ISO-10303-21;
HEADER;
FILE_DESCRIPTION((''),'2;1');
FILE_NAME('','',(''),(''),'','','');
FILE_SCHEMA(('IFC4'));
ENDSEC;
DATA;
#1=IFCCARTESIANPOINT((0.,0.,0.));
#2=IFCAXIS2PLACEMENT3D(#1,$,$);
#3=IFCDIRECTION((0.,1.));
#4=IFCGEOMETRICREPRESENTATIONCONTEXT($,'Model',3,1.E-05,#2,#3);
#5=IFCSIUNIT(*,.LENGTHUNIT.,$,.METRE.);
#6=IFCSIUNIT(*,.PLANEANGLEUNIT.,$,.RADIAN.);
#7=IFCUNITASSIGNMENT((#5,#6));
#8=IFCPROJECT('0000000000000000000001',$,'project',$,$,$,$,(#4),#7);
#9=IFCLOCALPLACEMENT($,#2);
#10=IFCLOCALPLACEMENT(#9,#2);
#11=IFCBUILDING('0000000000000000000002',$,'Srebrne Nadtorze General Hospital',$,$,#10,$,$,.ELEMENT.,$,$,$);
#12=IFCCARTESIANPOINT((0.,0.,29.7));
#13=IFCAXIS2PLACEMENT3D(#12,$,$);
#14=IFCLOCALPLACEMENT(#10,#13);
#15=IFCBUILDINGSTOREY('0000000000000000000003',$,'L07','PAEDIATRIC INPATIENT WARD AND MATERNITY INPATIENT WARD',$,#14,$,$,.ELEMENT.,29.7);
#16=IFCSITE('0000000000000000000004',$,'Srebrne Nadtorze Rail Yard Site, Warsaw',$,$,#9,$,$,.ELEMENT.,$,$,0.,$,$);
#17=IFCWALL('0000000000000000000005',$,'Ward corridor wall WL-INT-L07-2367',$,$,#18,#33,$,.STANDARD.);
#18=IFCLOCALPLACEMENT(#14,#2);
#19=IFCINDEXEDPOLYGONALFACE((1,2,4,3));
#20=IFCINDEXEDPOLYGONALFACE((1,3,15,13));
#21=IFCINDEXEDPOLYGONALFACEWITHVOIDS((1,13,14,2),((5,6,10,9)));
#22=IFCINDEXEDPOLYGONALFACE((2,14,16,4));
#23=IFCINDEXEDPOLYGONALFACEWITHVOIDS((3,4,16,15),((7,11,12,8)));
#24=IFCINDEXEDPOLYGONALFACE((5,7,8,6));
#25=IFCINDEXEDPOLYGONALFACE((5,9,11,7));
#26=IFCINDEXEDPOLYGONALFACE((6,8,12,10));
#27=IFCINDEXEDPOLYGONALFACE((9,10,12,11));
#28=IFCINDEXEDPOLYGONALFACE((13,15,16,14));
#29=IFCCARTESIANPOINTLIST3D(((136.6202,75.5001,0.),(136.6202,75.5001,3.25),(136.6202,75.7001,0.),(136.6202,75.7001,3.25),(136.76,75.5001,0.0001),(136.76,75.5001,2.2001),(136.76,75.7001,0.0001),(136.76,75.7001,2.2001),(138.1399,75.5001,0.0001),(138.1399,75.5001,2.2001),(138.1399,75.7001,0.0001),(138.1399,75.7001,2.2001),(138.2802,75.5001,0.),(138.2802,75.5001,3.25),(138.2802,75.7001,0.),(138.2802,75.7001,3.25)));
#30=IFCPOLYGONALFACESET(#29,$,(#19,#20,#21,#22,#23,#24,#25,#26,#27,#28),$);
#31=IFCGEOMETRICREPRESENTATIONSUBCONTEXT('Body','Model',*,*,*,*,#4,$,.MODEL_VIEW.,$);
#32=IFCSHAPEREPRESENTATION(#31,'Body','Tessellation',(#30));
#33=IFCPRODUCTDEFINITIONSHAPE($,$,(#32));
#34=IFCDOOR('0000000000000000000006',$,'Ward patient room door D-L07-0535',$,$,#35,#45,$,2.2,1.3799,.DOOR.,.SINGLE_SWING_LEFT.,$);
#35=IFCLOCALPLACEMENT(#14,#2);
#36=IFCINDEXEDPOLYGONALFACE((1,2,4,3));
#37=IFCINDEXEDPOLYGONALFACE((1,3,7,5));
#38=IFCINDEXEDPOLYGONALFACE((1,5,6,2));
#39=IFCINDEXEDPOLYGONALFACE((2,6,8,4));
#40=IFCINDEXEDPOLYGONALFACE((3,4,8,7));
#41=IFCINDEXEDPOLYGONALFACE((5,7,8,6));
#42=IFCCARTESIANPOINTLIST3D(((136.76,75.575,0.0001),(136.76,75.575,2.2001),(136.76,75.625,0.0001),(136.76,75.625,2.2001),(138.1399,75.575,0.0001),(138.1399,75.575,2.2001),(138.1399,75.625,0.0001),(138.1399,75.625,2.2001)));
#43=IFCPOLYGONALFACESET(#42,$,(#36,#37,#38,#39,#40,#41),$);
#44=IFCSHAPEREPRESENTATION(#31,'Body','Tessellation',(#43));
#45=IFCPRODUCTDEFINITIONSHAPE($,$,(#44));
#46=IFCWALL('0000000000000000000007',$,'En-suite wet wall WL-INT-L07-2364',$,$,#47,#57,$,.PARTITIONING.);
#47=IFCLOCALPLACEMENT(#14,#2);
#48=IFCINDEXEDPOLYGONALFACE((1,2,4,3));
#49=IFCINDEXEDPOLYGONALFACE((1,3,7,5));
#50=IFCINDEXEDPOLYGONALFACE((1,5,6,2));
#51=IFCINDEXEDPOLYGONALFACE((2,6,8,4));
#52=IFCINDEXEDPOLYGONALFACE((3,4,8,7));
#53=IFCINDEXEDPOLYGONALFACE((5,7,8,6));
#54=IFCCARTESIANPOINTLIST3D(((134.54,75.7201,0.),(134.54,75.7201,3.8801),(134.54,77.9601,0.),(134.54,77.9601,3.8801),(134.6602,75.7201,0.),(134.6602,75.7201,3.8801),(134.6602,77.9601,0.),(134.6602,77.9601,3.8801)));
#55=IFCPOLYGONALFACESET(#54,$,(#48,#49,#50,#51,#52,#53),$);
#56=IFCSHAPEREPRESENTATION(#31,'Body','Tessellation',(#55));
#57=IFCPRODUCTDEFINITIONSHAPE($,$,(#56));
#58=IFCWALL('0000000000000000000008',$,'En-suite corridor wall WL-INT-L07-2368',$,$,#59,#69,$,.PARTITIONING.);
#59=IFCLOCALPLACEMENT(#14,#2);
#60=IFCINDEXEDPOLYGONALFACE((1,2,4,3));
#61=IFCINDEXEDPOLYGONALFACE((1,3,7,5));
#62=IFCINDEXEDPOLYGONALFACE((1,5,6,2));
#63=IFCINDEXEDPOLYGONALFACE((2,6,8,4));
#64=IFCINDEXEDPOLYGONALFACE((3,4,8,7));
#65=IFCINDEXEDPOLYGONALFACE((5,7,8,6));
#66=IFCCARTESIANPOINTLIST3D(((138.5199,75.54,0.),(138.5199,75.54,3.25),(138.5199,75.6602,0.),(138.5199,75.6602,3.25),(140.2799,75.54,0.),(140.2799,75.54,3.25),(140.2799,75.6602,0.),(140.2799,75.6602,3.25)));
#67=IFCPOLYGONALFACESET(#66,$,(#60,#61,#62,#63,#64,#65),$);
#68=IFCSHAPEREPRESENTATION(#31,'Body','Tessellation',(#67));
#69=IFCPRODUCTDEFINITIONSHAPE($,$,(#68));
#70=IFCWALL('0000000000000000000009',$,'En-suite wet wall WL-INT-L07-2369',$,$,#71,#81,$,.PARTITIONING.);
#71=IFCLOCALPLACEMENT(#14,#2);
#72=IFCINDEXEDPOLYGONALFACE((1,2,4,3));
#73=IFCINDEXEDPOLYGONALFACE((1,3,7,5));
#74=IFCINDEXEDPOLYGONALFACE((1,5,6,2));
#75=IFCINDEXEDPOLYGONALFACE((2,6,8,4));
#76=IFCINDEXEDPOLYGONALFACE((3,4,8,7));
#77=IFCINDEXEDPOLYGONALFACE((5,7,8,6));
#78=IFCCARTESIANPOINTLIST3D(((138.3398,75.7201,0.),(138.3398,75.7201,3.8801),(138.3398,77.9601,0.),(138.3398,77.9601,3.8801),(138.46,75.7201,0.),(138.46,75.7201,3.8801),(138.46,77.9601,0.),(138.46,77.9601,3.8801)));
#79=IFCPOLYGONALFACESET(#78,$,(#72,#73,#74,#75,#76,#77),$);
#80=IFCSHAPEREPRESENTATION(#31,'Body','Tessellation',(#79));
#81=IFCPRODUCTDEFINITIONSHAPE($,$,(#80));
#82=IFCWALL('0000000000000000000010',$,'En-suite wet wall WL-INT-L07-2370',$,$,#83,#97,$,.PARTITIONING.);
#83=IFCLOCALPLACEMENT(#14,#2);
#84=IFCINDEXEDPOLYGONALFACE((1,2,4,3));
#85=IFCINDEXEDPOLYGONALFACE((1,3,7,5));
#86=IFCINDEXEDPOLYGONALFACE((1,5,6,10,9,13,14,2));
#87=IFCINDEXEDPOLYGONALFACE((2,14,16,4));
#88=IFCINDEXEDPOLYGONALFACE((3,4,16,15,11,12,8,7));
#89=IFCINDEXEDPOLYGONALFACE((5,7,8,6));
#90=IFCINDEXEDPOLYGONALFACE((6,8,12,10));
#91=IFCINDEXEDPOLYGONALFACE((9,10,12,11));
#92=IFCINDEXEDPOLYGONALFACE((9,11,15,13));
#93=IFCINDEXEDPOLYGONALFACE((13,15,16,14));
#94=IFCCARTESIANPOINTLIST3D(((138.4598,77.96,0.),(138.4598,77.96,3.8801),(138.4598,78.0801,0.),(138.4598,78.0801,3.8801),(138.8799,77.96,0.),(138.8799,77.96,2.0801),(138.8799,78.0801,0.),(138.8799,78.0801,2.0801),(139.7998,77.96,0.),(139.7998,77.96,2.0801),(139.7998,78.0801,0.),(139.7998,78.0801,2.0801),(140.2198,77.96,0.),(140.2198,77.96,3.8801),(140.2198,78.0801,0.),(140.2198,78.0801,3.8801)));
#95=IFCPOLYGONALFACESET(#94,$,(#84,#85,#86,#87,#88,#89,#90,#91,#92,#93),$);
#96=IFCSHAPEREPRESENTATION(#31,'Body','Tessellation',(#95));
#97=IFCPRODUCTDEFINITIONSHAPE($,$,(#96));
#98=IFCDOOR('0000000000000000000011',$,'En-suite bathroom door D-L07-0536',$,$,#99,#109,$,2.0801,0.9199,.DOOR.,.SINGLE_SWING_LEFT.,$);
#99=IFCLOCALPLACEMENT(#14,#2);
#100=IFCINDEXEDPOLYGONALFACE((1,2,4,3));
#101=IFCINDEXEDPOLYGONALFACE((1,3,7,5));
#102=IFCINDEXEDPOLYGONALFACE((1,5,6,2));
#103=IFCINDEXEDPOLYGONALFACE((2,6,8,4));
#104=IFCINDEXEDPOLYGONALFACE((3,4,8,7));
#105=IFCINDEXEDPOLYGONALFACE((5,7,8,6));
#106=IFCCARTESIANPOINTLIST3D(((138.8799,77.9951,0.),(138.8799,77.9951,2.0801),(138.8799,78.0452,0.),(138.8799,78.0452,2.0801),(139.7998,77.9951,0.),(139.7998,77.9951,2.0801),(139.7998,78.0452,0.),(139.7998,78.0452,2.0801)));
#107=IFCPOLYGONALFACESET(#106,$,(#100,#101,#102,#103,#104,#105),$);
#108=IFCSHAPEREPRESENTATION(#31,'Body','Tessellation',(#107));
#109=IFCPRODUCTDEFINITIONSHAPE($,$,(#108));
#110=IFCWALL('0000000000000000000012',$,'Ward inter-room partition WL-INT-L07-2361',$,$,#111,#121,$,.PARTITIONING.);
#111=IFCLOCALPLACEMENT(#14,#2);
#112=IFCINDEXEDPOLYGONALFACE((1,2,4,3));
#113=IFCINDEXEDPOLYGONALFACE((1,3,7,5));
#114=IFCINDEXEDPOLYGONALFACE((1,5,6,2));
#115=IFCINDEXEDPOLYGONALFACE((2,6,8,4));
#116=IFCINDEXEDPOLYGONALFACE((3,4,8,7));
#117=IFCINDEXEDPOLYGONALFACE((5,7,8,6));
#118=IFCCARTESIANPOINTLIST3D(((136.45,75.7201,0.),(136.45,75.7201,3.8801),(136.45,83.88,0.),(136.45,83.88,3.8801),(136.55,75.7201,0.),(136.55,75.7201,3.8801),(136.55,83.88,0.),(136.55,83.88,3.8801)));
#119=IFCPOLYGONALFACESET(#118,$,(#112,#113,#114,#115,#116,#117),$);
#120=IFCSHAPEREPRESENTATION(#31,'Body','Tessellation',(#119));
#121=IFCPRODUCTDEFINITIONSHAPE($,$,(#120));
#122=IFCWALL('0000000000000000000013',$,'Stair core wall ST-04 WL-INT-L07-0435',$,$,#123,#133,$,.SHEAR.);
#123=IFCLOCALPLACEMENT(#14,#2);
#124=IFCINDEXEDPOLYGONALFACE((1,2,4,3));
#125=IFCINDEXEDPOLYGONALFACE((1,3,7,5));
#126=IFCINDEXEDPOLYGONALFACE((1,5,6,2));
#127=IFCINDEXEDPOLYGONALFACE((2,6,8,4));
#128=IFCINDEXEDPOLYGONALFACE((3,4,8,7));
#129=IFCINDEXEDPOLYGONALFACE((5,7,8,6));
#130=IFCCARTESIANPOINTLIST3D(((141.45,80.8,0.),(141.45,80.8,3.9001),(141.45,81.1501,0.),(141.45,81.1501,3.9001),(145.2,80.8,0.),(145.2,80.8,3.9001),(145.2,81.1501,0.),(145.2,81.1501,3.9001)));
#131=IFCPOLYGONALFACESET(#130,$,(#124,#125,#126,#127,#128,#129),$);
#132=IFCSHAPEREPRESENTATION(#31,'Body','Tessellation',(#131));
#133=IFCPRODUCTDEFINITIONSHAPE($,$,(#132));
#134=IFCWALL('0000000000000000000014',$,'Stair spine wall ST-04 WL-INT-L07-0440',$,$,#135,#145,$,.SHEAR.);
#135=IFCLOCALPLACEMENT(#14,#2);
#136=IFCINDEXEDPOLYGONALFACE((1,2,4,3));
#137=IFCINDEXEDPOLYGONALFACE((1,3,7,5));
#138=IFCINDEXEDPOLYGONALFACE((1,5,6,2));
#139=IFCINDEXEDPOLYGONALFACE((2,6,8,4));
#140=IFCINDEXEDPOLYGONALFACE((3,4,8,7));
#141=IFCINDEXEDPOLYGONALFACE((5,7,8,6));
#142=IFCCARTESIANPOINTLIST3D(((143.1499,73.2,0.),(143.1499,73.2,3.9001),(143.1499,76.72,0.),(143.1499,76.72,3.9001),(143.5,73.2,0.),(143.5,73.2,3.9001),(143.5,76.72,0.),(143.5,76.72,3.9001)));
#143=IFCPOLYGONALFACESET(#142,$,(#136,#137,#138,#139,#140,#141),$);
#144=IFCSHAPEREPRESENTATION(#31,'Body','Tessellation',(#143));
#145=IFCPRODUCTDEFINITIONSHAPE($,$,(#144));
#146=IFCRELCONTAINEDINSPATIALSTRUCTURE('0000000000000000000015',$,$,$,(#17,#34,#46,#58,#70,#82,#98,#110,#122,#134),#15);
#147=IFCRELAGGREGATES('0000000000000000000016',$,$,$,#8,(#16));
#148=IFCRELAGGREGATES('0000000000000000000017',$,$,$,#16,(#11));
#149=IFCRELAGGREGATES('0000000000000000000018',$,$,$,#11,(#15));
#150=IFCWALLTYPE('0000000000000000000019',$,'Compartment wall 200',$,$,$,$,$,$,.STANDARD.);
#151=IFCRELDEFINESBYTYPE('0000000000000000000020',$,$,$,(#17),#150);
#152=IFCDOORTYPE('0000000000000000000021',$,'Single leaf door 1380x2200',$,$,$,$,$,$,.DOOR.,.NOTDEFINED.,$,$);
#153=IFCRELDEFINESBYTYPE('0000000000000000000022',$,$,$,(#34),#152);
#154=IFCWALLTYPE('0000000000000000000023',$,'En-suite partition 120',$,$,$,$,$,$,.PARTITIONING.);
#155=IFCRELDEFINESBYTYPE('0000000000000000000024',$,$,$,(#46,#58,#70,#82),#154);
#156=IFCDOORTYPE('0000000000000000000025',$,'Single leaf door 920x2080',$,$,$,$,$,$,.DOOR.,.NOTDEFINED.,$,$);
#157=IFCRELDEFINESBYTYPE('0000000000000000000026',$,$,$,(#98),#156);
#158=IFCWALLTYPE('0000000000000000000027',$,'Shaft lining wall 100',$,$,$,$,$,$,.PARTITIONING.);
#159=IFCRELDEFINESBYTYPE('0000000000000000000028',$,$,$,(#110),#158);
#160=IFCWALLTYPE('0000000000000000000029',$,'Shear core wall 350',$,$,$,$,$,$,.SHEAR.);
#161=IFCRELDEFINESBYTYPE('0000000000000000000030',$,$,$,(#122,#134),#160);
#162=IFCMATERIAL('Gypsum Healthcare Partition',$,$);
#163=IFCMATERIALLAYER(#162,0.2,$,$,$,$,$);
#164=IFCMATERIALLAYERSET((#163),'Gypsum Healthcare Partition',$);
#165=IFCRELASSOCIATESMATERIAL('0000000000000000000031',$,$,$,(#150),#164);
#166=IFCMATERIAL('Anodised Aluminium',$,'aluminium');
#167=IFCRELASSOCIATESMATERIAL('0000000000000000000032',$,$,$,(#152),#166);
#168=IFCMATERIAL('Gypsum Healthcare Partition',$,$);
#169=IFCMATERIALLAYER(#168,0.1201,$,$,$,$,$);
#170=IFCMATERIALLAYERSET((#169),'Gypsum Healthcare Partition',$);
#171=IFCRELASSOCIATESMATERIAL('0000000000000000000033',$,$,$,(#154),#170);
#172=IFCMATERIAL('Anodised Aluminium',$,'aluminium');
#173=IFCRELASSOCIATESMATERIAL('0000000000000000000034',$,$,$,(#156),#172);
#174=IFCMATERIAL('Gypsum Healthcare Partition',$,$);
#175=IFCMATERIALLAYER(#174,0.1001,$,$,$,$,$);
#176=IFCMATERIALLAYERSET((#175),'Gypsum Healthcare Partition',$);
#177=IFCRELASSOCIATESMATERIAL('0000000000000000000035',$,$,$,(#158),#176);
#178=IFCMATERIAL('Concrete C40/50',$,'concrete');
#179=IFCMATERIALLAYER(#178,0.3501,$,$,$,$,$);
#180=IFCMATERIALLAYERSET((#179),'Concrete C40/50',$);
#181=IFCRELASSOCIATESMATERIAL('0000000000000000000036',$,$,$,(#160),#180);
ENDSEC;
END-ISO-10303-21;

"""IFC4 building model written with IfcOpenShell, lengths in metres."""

from ifc_helpers import new_model, si_unit, direction, frame, frame_2d, origin, place, context, subcontext, project, spatial, rectangle, extrude, material, layer, layer_set, type_object, element, fill, save


model = new_model("IFC4")

# Units and contexts
model_context = context("Model", 3, precision=1e-05, world=origin(), true_north=direction((0.0, 1.0)))
body_context = subcontext(model_context, "Body", "Model", "MODEL_VIEW")
ifc_project = project(units=[si_unit("LENGTHUNIT", "METRE"), si_unit("PLANEANGLEUNIT", "RADIAN")], contexts=[model_context])

# Site, building, storey
site_placement = place(None, origin())
site = spatial("IfcSite", under=ifc_project, at=site_placement, Name="Srebrne Nadtorze Rail Yard Site, Warsaw", CompositionType="ELEMENT", RefElevation=0.0)
building_placement = place(site_placement, origin())
building = spatial("IfcBuilding", under=site, at=building_placement, Name="Srebrne Nadtorze General Hospital", CompositionType="ELEMENT")
storey_placement = place(building_placement, frame((0.0, 0.0, 29.7)))
storey = spatial("IfcBuildingStorey", under=building, at=storey_placement, Name="L07", Description="PAEDIATRIC INPATIENT WARD AND MATERNITY INPATIENT WARD", CompositionType="ELEMENT", Elevation=29.7)

# Wall, opening, door
ifc_material_1 = material(Name="Gypsum Healthcare Partition")
ifc_layer_1 = layer(ifc_material_1, 0.2)
ifc_layer_set_1 = layer_set([ifc_layer_1], Name="Gypsum Healthcare Partition")
wall_type_1 = type_object("IfcWallType", Name="Compartment wall 200", PredefinedType="STANDARD", material=ifc_layer_set_1)
wall_1_placement = place(storey_placement, frame((136.6201, 75.6001, 0.0), z_axis=(0.0, 0.0, 1.0), x_axis=(1.0, 0.0, 0.0)))
wall_1 = element("IfcWall", 1, at=wall_1_placement, inside=storey, type_object=wall_type_1, Name="Ward corridor wall WL-INT-L07-2367", PredefinedType="STANDARD", context=body_context, shape_type="SweptSolid", body=[
    extrude(rectangle(XDim=1.6599, YDim=0.2, at=frame_2d((0.8301, 0.0))), origin(), (0.0, 0.0, 1.0), 3.25),
])
opening_1_placement = place(wall_1_placement, frame((0.1399, 0.0, 0.0)))
opening_1 = element("IfcOpeningElement", 2, at=opening_1_placement, cuts=wall_1, PredefinedType="OPENING", context=body_context, shape_type="SweptSolid", body=[
    extrude(rectangle(XDim=1.3799, YDim=2.2, at=frame_2d((0.6899, 1.1001))), frame((0.0, 0.1118, 0.0), z_axis=(0.0, -1.0, 0.0), x_axis=(1.0, 0.0, 0.0)), (0.0, 0.0, 1.0), 0.2239),
])
ifc_material_2 = material(Name="Anodised Aluminium", Category="aluminium")
door_type_1 = type_object("IfcDoorType", Name="Single leaf door 1380x2200", OperationType="NOTDEFINED", PredefinedType="DOOR", material=ifc_material_2)
door_1_placement = place(opening_1_placement, origin())
door_1 = element("IfcDoor", 3, at=door_1_placement, inside=storey, type_object=door_type_1, Name="Ward patient room door D-L07-0535", OperationType="SINGLE_SWING_LEFT", OverallHeight=2.2, OverallWidth=1.3799, PredefinedType="DOOR", context=body_context, shape_type="SweptSolid", body=[
    extrude(rectangle(XDim=1.3799, YDim=2.2, at=frame_2d((0.6899, 1.1001))), frame((0.0, 0.0249, 0.0), z_axis=(0.0, -1.0, 0.0), x_axis=(1.0, 0.0, 0.0)), (0.0, 0.0, 1.0), 0.05),
])
fill(opening_1, door_1)

# Walls
ifc_material_3 = material(Name="Gypsum Healthcare Partition")
ifc_layer_2 = layer(ifc_material_3, 0.1201)
ifc_layer_set_2 = layer_set([ifc_layer_2], Name="Gypsum Healthcare Partition")
wall_type_2 = type_object("IfcWallType", Name="En-suite partition 120", PredefinedType="PARTITIONING", material=ifc_layer_set_2)
wall_2_placement = place(storey_placement, frame((134.6001, 75.72, 0.0), z_axis=(0.0, 0.0, 1.0), x_axis=(0.0, 1.0, 0.0)))
element("IfcWall", 4, at=wall_2_placement, inside=storey, type_object=wall_type_2, Name="En-suite wet wall WL-INT-L07-2364", PredefinedType="PARTITIONING", context=body_context, shape_type="SweptSolid", body=[
    extrude(rectangle(XDim=2.24, YDim=0.1201, at=frame_2d((1.1201, 0.0))), origin(), (0.0, 0.0, 1.0), 3.8801),
])
wall_3_placement = place(storey_placement, frame((138.52, 75.6001, 0.0), z_axis=(0.0, 0.0, 1.0), x_axis=(1.0, 0.0, 0.0)))
element("IfcWall", 5, at=wall_3_placement, inside=storey, type_object=wall_type_2, Name="En-suite corridor wall WL-INT-L07-2368", PredefinedType="PARTITIONING", context=body_context, shape_type="SweptSolid", body=[
    extrude(rectangle(XDim=1.76, YDim=0.1201, at=frame_2d((0.8799, 0.0))), origin(), (0.0, 0.0, 1.0), 3.25),
])
wall_4_placement = place(storey_placement, frame((138.3999, 75.72, 0.0), z_axis=(0.0, 0.0, 1.0), x_axis=(0.0, 1.0, 0.0)))
element("IfcWall", 6, at=wall_4_placement, inside=storey, type_object=wall_type_2, Name="En-suite wet wall WL-INT-L07-2369", PredefinedType="PARTITIONING", context=body_context, shape_type="SweptSolid", body=[
    extrude(rectangle(XDim=2.24, YDim=0.1201, at=frame_2d((1.1201, 0.0))), origin(), (0.0, 0.0, 1.0), 3.8801),
])

# Wall, opening, door
wall_5_placement = place(storey_placement, frame((138.46, 78.02, 0.0), z_axis=(0.0, 0.0, 1.0), x_axis=(1.0, 0.0, 0.0)))
wall_5 = element("IfcWall", 7, at=wall_5_placement, inside=storey, type_object=wall_type_2, Name="En-suite wet wall WL-INT-L07-2370", PredefinedType="PARTITIONING", context=body_context, shape_type="SweptSolid", body=[
    extrude(rectangle(XDim=1.76, YDim=0.1201, at=frame_2d((0.8799, 0.0))), origin(), (0.0, 0.0, 1.0), 3.8801),
])
opening_2_placement = place(wall_5_placement, frame((0.4199, 0.0, 0.0)))
opening_2 = element("IfcOpeningElement", 8, at=opening_2_placement, cuts=wall_5, PredefinedType="OPENING", context=body_context, shape_type="SweptSolid", body=[
    extrude(rectangle(XDim=0.9199, YDim=2.0801, at=frame_2d((0.46, 1.04))), frame((0.0, 0.072, 0.0), z_axis=(0.0, -1.0, 0.0), x_axis=(1.0, 0.0, 0.0)), (0.0, 0.0, 1.0), 0.144),
])
ifc_material_4 = material(Name="Anodised Aluminium", Category="aluminium")
door_type_2 = type_object("IfcDoorType", Name="Single leaf door 920x2080", OperationType="NOTDEFINED", PredefinedType="DOOR", material=ifc_material_4)
door_2_placement = place(opening_2_placement, frame((0.9199, 0.0, 0.0), z_axis=(0.0, 0.0, 1.0), x_axis=(-1.0, 0.0, 0.0)))
door_2 = element("IfcDoor", 9, at=door_2_placement, inside=storey, type_object=door_type_2, Name="En-suite bathroom door D-L07-0536", OperationType="SINGLE_SWING_LEFT", OverallHeight=2.0801, OverallWidth=0.9199, PredefinedType="DOOR", context=body_context, shape_type="SweptSolid", body=[
    extrude(rectangle(XDim=0.9199, YDim=2.0801, at=frame_2d((0.46, 1.04))), frame((0.0, 0.0249, 0.0), z_axis=(0.0, -1.0, 0.0), x_axis=(1.0, 0.0, 0.0)), (0.0, 0.0, 1.0), 0.05),
])
fill(opening_2, door_2)

# Walls
ifc_material_5 = material(Name="Gypsum Healthcare Partition")
ifc_layer_3 = layer(ifc_material_5, 0.1001)
ifc_layer_set_3 = layer_set([ifc_layer_3], Name="Gypsum Healthcare Partition")
wall_type_3 = type_object("IfcWallType", Name="Shaft lining wall 100", PredefinedType="PARTITIONING", material=ifc_layer_set_3)
wall_6_placement = place(storey_placement, frame((136.5, 75.72, 0.0), z_axis=(0.0, 0.0, 1.0), x_axis=(0.0, 1.0, 0.0)))
element("IfcWall", 10, at=wall_6_placement, inside=storey, type_object=wall_type_3, Name="Ward inter-room partition WL-INT-L07-2361", PredefinedType="PARTITIONING", context=body_context, shape_type="SweptSolid", body=[
    extrude(rectangle(XDim=8.1599, YDim=0.1001, at=frame_2d((4.0801, 0.0))), origin(), (0.0, 0.0, 1.0), 3.8801),
])
ifc_material_6 = material(Name="Concrete C40/50", Category="concrete")
ifc_layer_4 = layer(ifc_material_6, 0.3501)
ifc_layer_set_4 = layer_set([ifc_layer_4], Name="Concrete C40/50")
wall_type_4 = type_object("IfcWallType", Name="Shear core wall 350", PredefinedType="SHEAR", material=ifc_layer_set_4)
wall_7_placement = place(storey_placement, frame((141.45, 80.9751, 0.0), z_axis=(0.0, 0.0, 1.0), x_axis=(1.0, 0.0, 0.0)))
element("IfcWall", 11, at=wall_7_placement, inside=storey, type_object=wall_type_4, Name="Stair core wall ST-04 WL-INT-L07-0435", PredefinedType="SHEAR", context=body_context, shape_type="SweptSolid", body=[
    extrude(rectangle(XDim=3.75, YDim=0.3501, at=frame_2d((1.875, 0.0))), origin(), (0.0, 0.0, 1.0), 3.9001),
])
wall_8_placement = place(storey_placement, frame((143.325, 73.2, 0.0), z_axis=(0.0, 0.0, 1.0), x_axis=(0.0, 1.0, 0.0)))
element("IfcWall", 12, at=wall_8_placement, inside=storey, type_object=wall_type_4, Name="Stair spine wall ST-04 WL-INT-L07-0440", PredefinedType="SHEAR", context=body_context, shape_type="SweptSolid", body=[
    extrude(rectangle(XDim=3.52, YDim=0.3501, at=frame_2d((1.76, 0.0))), origin(), (0.0, 0.0, 1.0), 3.9001),
])

save(model, "model.ifc")
